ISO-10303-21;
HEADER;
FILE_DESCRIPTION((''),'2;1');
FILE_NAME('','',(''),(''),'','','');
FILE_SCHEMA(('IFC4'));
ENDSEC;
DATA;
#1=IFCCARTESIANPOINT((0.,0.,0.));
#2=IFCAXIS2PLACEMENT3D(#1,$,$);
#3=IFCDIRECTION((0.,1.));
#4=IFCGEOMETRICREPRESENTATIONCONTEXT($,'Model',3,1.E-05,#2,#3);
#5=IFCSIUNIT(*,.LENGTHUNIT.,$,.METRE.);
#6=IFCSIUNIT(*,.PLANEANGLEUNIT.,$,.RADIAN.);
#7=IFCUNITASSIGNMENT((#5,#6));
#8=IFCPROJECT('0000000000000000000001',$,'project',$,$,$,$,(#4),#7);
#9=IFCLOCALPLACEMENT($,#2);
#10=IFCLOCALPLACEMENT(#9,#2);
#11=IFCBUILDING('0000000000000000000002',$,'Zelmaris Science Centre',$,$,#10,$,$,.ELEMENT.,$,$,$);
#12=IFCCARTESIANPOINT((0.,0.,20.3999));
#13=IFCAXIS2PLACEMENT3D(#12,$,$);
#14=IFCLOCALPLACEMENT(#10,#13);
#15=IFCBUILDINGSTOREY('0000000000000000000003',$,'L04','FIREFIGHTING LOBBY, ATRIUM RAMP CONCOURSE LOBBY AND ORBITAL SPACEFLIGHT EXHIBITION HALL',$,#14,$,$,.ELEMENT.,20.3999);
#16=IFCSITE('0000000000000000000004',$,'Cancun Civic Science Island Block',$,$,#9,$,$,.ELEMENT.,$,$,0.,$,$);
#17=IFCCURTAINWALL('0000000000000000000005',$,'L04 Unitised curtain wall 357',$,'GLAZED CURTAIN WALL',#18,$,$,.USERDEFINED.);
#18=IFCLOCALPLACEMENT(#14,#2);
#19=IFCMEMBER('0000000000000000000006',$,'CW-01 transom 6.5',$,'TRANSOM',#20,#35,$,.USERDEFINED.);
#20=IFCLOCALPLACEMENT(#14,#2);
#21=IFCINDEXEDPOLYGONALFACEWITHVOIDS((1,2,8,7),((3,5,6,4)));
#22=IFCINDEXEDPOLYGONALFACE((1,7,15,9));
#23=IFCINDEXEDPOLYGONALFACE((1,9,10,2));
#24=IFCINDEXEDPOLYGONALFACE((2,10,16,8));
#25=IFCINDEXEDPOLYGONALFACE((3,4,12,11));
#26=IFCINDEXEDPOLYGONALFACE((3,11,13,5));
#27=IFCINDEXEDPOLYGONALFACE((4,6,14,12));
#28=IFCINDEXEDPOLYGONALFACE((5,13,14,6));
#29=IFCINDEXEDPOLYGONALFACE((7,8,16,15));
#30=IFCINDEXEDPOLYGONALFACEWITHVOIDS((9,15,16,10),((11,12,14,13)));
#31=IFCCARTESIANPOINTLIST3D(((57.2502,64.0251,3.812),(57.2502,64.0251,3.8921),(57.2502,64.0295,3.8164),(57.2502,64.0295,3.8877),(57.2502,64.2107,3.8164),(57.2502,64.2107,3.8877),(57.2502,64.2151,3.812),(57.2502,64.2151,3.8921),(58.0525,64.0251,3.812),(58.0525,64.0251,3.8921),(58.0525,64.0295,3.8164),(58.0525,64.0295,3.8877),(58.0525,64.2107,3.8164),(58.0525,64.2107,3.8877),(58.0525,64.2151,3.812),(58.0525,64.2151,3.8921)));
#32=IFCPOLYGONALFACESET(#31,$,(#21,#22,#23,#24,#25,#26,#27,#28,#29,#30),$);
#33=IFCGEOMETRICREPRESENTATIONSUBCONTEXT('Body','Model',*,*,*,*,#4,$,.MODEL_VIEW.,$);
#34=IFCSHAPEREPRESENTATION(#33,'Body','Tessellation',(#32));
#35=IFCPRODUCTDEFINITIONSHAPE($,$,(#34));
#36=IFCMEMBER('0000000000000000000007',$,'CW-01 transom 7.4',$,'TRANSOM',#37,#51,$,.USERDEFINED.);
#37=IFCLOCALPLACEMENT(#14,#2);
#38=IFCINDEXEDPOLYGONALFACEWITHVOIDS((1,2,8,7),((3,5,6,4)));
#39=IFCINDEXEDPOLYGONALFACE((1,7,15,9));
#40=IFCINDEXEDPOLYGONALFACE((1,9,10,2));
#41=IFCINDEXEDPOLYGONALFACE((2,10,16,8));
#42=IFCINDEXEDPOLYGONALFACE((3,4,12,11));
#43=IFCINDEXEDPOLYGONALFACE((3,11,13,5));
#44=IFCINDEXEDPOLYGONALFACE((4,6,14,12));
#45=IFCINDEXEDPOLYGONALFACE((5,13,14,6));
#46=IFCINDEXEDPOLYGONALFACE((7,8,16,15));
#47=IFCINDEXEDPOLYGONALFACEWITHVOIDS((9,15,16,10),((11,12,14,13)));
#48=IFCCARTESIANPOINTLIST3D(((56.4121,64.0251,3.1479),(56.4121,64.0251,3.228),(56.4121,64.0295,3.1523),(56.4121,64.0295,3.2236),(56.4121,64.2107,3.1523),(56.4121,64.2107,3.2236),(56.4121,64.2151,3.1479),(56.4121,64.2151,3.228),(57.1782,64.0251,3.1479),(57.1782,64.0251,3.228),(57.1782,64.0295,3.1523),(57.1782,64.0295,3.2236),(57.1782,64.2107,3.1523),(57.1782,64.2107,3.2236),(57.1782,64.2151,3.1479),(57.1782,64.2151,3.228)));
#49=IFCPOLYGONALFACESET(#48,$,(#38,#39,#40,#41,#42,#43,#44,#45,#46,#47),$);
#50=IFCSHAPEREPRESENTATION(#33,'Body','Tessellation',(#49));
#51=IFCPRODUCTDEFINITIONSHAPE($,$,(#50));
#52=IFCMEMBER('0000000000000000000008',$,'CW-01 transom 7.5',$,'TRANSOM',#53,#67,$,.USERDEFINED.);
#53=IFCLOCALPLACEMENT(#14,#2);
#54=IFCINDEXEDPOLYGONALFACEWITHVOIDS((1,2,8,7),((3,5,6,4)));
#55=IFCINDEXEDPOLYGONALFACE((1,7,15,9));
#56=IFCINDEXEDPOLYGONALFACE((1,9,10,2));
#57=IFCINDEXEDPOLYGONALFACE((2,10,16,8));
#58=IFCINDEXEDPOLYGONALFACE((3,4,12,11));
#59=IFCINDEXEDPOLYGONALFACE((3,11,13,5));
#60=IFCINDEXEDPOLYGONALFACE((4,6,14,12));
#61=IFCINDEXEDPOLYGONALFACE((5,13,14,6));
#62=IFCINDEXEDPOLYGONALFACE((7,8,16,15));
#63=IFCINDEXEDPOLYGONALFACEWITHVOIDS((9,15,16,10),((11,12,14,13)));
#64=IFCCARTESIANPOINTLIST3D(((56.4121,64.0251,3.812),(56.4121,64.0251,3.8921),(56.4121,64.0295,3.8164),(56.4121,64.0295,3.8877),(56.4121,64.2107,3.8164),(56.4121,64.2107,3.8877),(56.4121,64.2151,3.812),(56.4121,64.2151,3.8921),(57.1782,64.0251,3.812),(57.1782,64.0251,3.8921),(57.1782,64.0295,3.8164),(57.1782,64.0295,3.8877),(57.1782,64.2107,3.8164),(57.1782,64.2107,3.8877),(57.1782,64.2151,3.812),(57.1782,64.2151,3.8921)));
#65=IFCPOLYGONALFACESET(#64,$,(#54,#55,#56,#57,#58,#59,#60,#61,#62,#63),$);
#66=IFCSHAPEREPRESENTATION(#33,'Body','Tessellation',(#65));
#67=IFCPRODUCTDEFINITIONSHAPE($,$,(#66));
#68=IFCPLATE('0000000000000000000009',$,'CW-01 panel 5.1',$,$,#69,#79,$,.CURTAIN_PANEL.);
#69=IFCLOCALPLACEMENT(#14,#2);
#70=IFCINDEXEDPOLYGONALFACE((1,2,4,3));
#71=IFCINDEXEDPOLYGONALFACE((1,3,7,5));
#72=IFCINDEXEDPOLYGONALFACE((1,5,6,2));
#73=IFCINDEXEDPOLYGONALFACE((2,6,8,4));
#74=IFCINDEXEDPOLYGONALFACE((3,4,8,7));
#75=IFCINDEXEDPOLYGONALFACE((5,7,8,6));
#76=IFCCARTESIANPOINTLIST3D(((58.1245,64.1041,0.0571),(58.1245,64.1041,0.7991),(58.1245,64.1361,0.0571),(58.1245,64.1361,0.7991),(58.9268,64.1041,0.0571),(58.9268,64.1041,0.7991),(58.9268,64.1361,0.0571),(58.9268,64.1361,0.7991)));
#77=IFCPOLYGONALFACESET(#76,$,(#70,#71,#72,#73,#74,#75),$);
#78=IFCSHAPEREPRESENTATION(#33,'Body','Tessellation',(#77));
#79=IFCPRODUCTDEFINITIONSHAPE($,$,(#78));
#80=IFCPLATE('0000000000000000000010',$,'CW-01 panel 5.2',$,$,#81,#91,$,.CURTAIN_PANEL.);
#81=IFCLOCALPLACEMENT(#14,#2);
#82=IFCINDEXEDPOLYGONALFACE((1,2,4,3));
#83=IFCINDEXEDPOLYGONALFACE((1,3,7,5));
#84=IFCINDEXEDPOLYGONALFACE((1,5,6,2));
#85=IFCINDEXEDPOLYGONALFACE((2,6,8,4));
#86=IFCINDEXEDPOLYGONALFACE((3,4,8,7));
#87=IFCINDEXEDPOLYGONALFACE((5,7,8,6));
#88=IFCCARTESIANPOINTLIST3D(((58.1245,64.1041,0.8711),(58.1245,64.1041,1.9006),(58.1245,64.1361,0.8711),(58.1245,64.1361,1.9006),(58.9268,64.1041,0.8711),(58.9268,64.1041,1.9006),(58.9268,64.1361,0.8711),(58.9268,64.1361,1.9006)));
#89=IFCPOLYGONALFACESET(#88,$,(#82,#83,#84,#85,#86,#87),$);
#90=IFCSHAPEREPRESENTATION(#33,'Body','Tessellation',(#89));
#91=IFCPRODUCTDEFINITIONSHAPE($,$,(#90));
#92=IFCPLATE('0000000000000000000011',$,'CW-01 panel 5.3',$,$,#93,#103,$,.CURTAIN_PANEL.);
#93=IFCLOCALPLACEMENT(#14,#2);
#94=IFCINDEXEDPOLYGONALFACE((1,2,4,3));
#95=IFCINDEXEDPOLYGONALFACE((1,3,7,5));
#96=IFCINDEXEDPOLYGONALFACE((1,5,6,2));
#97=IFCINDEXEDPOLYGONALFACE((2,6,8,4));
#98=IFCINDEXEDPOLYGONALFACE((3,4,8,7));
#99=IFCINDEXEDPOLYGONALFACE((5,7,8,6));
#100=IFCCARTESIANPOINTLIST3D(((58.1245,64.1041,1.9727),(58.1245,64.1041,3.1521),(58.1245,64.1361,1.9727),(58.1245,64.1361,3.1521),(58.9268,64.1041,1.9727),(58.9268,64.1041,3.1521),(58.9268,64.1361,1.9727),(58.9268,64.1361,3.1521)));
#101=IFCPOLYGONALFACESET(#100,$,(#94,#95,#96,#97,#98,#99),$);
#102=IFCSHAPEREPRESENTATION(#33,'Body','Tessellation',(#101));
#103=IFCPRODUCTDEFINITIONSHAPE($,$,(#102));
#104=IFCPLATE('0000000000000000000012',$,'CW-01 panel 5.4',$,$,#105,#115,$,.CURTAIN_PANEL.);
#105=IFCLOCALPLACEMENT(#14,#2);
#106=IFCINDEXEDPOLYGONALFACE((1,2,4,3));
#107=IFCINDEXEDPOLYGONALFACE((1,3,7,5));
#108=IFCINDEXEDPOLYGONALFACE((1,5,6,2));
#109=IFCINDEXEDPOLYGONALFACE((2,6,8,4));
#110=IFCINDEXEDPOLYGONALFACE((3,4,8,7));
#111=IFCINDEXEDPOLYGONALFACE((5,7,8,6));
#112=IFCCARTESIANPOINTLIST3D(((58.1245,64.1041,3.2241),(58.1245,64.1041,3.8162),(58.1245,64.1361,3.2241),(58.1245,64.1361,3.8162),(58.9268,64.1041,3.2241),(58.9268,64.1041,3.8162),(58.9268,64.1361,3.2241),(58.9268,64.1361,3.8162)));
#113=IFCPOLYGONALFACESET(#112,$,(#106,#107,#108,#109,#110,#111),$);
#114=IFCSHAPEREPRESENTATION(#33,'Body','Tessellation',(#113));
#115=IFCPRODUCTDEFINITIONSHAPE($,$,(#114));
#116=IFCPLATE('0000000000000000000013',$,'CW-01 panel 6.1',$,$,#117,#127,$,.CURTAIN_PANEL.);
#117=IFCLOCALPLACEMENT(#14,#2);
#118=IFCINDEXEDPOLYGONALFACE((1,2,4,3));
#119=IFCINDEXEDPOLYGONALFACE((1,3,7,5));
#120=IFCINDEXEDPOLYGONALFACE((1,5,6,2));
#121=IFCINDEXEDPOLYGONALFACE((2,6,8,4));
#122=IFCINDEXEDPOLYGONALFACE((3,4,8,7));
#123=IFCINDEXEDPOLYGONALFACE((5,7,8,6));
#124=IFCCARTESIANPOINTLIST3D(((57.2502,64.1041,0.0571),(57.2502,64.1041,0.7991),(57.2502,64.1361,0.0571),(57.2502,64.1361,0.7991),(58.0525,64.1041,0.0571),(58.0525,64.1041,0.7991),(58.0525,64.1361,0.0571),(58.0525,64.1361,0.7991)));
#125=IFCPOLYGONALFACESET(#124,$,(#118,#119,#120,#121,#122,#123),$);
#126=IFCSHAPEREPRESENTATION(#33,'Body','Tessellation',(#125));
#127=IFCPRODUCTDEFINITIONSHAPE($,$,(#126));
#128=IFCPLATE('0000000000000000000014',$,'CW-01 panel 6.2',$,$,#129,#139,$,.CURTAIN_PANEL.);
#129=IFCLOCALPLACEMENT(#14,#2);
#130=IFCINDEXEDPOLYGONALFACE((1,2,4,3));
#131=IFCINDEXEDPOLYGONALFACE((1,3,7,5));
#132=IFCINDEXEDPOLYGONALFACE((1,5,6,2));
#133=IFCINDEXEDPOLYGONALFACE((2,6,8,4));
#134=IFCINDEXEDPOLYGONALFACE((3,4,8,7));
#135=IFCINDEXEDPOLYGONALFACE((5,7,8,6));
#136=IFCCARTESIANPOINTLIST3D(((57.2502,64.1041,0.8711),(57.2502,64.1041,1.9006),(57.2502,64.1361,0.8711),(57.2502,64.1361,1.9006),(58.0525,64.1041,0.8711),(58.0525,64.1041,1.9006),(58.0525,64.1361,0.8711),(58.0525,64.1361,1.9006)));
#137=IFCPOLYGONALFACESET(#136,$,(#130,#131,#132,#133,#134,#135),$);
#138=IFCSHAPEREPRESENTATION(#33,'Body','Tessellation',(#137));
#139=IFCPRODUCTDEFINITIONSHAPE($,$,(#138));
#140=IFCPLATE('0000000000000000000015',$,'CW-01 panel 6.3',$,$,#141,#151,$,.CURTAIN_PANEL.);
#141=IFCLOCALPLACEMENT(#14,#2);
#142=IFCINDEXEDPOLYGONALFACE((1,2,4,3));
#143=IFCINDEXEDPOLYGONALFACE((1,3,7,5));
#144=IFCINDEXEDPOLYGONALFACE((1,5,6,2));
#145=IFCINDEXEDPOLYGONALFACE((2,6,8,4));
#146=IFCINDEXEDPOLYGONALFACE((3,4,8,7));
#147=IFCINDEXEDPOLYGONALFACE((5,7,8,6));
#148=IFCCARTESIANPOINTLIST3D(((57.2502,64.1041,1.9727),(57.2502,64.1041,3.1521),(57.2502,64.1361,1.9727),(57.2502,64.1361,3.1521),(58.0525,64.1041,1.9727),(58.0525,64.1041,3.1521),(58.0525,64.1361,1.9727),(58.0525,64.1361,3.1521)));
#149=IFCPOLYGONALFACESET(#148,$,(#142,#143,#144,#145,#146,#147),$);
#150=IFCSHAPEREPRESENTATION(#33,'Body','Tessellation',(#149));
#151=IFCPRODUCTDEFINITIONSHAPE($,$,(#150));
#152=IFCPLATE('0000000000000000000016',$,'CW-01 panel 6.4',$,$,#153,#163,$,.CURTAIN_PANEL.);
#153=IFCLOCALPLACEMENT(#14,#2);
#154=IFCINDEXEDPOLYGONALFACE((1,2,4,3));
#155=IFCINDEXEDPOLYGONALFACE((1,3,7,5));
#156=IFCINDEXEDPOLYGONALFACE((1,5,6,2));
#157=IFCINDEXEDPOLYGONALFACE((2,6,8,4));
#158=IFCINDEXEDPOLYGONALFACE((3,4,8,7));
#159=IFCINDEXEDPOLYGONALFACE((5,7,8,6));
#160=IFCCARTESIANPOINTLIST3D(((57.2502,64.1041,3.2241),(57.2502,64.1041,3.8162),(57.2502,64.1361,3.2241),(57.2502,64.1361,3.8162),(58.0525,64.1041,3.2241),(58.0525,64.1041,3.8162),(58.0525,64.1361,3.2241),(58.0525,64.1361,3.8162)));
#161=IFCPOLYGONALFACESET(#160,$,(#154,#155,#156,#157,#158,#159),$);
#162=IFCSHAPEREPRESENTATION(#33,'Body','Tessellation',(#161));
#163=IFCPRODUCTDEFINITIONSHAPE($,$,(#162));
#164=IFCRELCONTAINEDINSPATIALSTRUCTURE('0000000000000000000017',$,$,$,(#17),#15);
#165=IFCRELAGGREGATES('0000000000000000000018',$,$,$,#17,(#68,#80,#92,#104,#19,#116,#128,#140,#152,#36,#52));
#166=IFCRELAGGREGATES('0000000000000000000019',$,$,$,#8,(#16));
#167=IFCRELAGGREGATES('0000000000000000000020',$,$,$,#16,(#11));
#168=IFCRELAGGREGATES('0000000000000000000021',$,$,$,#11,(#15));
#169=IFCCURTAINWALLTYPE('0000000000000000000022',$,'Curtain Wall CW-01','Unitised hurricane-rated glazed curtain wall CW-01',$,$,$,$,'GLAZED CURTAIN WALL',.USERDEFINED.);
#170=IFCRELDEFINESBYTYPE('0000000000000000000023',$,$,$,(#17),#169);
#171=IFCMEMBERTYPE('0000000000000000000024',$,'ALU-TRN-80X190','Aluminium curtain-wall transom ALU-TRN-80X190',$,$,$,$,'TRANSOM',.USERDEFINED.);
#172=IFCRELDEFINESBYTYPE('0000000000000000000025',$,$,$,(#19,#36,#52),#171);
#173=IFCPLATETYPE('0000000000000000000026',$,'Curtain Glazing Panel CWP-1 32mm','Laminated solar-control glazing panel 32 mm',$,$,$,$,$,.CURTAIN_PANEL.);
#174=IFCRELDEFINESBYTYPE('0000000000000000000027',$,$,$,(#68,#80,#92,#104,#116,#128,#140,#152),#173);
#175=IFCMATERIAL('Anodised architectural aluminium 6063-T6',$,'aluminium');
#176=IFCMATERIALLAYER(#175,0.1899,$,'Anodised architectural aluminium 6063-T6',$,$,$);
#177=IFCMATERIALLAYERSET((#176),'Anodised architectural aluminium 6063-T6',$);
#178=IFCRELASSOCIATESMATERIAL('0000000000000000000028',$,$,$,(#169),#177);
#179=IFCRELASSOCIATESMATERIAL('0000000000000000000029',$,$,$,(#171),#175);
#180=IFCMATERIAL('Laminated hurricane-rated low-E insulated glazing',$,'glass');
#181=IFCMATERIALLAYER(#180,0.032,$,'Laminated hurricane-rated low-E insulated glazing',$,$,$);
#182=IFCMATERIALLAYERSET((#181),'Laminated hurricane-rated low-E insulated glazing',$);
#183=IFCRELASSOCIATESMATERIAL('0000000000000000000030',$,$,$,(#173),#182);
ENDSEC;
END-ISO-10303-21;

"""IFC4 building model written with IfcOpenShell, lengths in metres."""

from ifc_helpers import new_model, si_unit, direction, frame, origin, origin_2d, place, context, subcontext, project, spatial, rectangle, hollow_rectangle, extrude, material, layer, layer_set, material_profile, profile_set, type_object, element, aggregate, save


model = new_model("IFC4")

# Units and contexts
model_context = context("Model", 3, precision=1e-05, world=origin(), true_north=direction((0.0, 1.0)))
body_context = subcontext(model_context, "Body", "Model", "MODEL_VIEW")
ifc_project = project(units=[si_unit("LENGTHUNIT", "METRE"), si_unit("PLANEANGLEUNIT", "RADIAN")], contexts=[model_context])

# Site, building, storey
site_placement = place(None, origin())
site = spatial("IfcSite", under=ifc_project, at=site_placement, Name="Cancun Civic Science Island Block", CompositionType="ELEMENT", RefElevation=0.0)
building_placement = place(site_placement, origin())
building = spatial("IfcBuilding", under=site, at=building_placement, Name="Zelmaris Science Centre", CompositionType="ELEMENT")
storey_placement = place(building_placement, frame((0.0, 0.0, 20.3999)))
storey = spatial("IfcBuildingStorey", under=building, at=storey_placement, Name="L04", Description="FIREFIGHTING LOBBY, ATRIUM RAMP CONCOURSE LOBBY AND ORBITAL SPACEFLIGHT EXHIBITION HALL", CompositionType="ELEMENT", Elevation=20.3999)

# Curtain wall, members, plates
ifc_material_1 = material(Name="Anodised architectural aluminium 6063-T6", Category="aluminium")
ifc_layer_1 = layer(ifc_material_1, 0.1899, Name="Anodised architectural aluminium 6063-T6")
ifc_layer_set_1 = layer_set([ifc_layer_1], Name="Anodised architectural aluminium 6063-T6")
curtain_wall_type = type_object("IfcCurtainWallType", Name="Curtain Wall CW-01", Description="Unitised hurricane-rated glazed curtain wall CW-01", ElementType="GLAZED CURTAIN WALL", PredefinedType="USERDEFINED", material=ifc_layer_set_1)
curtain_wall_placement = place(storey_placement, origin())
curtain_wall = element("IfcCurtainWall", 1, at=curtain_wall_placement, inside=storey, type_object=curtain_wall_type, Name="L04 Unitised curtain wall 357", ObjectType="GLAZED CURTAIN WALL", PredefinedType="USERDEFINED")
ifc_material_profile_1 = material_profile(ifc_material_1, hollow_rectangle(XDim=0.0801, YDim=0.1899, WallThickness=0.0044, at=origin_2d()), Name="ALU-TRN-80X190")
ifc_profile_set_1 = profile_set([ifc_material_profile_1], Name="Anodised architectural aluminium 6063-T6")
member_type_1 = type_object("IfcMemberType", Name="ALU-TRN-80X190", Description="Aluminium curtain-wall transom ALU-TRN-80X190", ElementType="TRANSOM", PredefinedType="USERDEFINED", material=ifc_profile_set_1)
member_1_placement = place(storey_placement, frame((58.0525, 64.1201, 3.8521), z_axis=(-1.0, 0.0, 0.0), x_axis=(0.0, 0.0, 1.0)))
member_1 = element("IfcMember", 2, at=member_1_placement, type_object=member_type_1, Name="CW-01 transom 6.5", ObjectType="TRANSOM", PredefinedType="USERDEFINED", context=body_context, shape_type="SweptSolid", body=[
    extrude(hollow_rectangle(XDim=0.0801, YDim=0.1899, WallThickness=0.0044, at=origin_2d()), origin(), (0.0, 0.0, 1.0), 0.8022),
])
member_2_placement = place(storey_placement, frame((57.1782, 64.1201, 3.188), z_axis=(-1.0, 0.0, 0.0), x_axis=(0.0, 0.0, 1.0)))
member_2 = element("IfcMember", 3, at=member_2_placement, type_object=member_type_1, Name="CW-01 transom 7.4", ObjectType="TRANSOM", PredefinedType="USERDEFINED", context=body_context, shape_type="SweptSolid", body=[
    extrude(hollow_rectangle(XDim=0.0801, YDim=0.1899, WallThickness=0.0044, at=origin_2d()), origin(), (0.0, 0.0, 1.0), 0.7661),
])
member_3_placement = place(storey_placement, frame((57.1782, 64.1201, 3.8521), z_axis=(-1.0, 0.0, 0.0), x_axis=(0.0, 0.0, 1.0)))
member_3 = element("IfcMember", 4, at=member_3_placement, type_object=member_type_1, Name="CW-01 transom 7.5", ObjectType="TRANSOM", PredefinedType="USERDEFINED", context=body_context, shape_type="SweptSolid", body=[
    extrude(hollow_rectangle(XDim=0.0801, YDim=0.1899, WallThickness=0.0044, at=origin_2d()), origin(), (0.0, 0.0, 1.0), 0.7661),
])
ifc_material_2 = material(Name="Laminated hurricane-rated low-E insulated glazing", Category="glass")
ifc_layer_2 = layer(ifc_material_2, 0.032, Name="Laminated hurricane-rated low-E insulated glazing")
ifc_layer_set_2 = layer_set([ifc_layer_2], Name="Laminated hurricane-rated low-E insulated glazing")
plate_type = type_object("IfcPlateType", Name="Curtain Glazing Panel CWP-1 32mm", Description="Laminated solar-control glazing panel 32 mm", PredefinedType="CURTAIN_PANEL", material=ifc_layer_set_2)
plate_1_placement = place(storey_placement, frame((58.5256, 64.1201, 0.0571), z_axis=(0.0, 0.0, 1.0), x_axis=(-1.0, 0.000016, 0.0)))
plate_1 = element("IfcPlate", 5, at=plate_1_placement, type_object=plate_type, Name="CW-01 panel 5.1", PredefinedType="CURTAIN_PANEL", context=body_context, shape_type="SweptSolid", body=[
    extrude(rectangle(XDim=0.8022, YDim=0.032, at=origin_2d()), origin(), (0.0, 0.0, 1.0), 0.7419),
])
plate_2_placement = place(storey_placement, frame((58.5256, 64.1201, 0.8711), z_axis=(0.0, 0.0, 1.0), x_axis=(-1.0, 0.000016, 0.0)))
plate_2 = element("IfcPlate", 6, at=plate_2_placement, type_object=plate_type, Name="CW-01 panel 5.2", PredefinedType="CURTAIN_PANEL", context=body_context, shape_type="SweptSolid", body=[
    extrude(rectangle(XDim=0.8022, YDim=0.032, at=origin_2d()), origin(), (0.0, 0.0, 1.0), 1.0295),
])
plate_3_placement = place(storey_placement, frame((58.5256, 64.1201, 1.9727), z_axis=(0.0, 0.0, 1.0), x_axis=(-1.0, 0.000016, 0.0)))
plate_3 = element("IfcPlate", 7, at=plate_3_placement, type_object=plate_type, Name="CW-01 panel 5.3", PredefinedType="CURTAIN_PANEL", context=body_context, shape_type="SweptSolid", body=[
    extrude(rectangle(XDim=0.8022, YDim=0.032, at=origin_2d()), origin(), (0.0, 0.0, 1.0), 1.1794),
])
plate_4_placement = place(storey_placement, frame((58.5256, 64.1201, 3.2241), z_axis=(0.0, 0.0, 1.0), x_axis=(-1.0, 0.000016, 0.0)))
plate_4 = element("IfcPlate", 8, at=plate_4_placement, type_object=plate_type, Name="CW-01 panel 5.4", PredefinedType="CURTAIN_PANEL", context=body_context, shape_type="SweptSolid", body=[
    extrude(rectangle(XDim=0.8022, YDim=0.032, at=origin_2d()), origin(), (0.0, 0.0, 1.0), 0.592),
])
plate_5_placement = place(storey_placement, frame((57.6514, 64.1201, 0.0571), z_axis=(0.0, 0.0, 1.0), x_axis=(-1.0, 0.000016, 0.0)))
plate_5 = element("IfcPlate", 9, at=plate_5_placement, type_object=plate_type, Name="CW-01 panel 6.1", PredefinedType="CURTAIN_PANEL", context=body_context, shape_type="SweptSolid", body=[
    extrude(rectangle(XDim=0.8022, YDim=0.032, at=origin_2d()), origin(), (0.0, 0.0, 1.0), 0.7419),
])
plate_6_placement = place(storey_placement, frame((57.6514, 64.1201, 0.8711), z_axis=(0.0, 0.0, 1.0), x_axis=(-1.0, 0.000016, 0.0)))
plate_6 = element("IfcPlate", 10, at=plate_6_placement, type_object=plate_type, Name="CW-01 panel 6.2", PredefinedType="CURTAIN_PANEL", context=body_context, shape_type="SweptSolid", body=[
    extrude(rectangle(XDim=0.8022, YDim=0.032, at=origin_2d()), origin(), (0.0, 0.0, 1.0), 1.0295),
])
plate_7_placement = place(storey_placement, frame((57.6514, 64.1201, 1.9727), z_axis=(0.0, 0.0, 1.0), x_axis=(-1.0, 0.000016, 0.0)))
plate_7 = element("IfcPlate", 11, at=plate_7_placement, type_object=plate_type, Name="CW-01 panel 6.3", PredefinedType="CURTAIN_PANEL", context=body_context, shape_type="SweptSolid", body=[
    extrude(rectangle(XDim=0.8022, YDim=0.032, at=origin_2d()), origin(), (0.0, 0.0, 1.0), 1.1794),
])
plate_8_placement = place(storey_placement, frame((57.6514, 64.1201, 3.2241), z_axis=(0.0, 0.0, 1.0), x_axis=(-1.0, 0.000016, 0.0)))
plate_8 = element("IfcPlate", 12, at=plate_8_placement, type_object=plate_type, Name="CW-01 panel 6.4", PredefinedType="CURTAIN_PANEL", context=body_context, shape_type="SweptSolid", body=[
    extrude(rectangle(XDim=0.8022, YDim=0.032, at=origin_2d()), origin(), (0.0, 0.0, 1.0), 0.592),
])
aggregate(curtain_wall, [plate_1, plate_2, plate_3, plate_4, member_1, plate_5, plate_6, plate_7, plate_8, member_2, member_3])

save(model, "model.ifc")
